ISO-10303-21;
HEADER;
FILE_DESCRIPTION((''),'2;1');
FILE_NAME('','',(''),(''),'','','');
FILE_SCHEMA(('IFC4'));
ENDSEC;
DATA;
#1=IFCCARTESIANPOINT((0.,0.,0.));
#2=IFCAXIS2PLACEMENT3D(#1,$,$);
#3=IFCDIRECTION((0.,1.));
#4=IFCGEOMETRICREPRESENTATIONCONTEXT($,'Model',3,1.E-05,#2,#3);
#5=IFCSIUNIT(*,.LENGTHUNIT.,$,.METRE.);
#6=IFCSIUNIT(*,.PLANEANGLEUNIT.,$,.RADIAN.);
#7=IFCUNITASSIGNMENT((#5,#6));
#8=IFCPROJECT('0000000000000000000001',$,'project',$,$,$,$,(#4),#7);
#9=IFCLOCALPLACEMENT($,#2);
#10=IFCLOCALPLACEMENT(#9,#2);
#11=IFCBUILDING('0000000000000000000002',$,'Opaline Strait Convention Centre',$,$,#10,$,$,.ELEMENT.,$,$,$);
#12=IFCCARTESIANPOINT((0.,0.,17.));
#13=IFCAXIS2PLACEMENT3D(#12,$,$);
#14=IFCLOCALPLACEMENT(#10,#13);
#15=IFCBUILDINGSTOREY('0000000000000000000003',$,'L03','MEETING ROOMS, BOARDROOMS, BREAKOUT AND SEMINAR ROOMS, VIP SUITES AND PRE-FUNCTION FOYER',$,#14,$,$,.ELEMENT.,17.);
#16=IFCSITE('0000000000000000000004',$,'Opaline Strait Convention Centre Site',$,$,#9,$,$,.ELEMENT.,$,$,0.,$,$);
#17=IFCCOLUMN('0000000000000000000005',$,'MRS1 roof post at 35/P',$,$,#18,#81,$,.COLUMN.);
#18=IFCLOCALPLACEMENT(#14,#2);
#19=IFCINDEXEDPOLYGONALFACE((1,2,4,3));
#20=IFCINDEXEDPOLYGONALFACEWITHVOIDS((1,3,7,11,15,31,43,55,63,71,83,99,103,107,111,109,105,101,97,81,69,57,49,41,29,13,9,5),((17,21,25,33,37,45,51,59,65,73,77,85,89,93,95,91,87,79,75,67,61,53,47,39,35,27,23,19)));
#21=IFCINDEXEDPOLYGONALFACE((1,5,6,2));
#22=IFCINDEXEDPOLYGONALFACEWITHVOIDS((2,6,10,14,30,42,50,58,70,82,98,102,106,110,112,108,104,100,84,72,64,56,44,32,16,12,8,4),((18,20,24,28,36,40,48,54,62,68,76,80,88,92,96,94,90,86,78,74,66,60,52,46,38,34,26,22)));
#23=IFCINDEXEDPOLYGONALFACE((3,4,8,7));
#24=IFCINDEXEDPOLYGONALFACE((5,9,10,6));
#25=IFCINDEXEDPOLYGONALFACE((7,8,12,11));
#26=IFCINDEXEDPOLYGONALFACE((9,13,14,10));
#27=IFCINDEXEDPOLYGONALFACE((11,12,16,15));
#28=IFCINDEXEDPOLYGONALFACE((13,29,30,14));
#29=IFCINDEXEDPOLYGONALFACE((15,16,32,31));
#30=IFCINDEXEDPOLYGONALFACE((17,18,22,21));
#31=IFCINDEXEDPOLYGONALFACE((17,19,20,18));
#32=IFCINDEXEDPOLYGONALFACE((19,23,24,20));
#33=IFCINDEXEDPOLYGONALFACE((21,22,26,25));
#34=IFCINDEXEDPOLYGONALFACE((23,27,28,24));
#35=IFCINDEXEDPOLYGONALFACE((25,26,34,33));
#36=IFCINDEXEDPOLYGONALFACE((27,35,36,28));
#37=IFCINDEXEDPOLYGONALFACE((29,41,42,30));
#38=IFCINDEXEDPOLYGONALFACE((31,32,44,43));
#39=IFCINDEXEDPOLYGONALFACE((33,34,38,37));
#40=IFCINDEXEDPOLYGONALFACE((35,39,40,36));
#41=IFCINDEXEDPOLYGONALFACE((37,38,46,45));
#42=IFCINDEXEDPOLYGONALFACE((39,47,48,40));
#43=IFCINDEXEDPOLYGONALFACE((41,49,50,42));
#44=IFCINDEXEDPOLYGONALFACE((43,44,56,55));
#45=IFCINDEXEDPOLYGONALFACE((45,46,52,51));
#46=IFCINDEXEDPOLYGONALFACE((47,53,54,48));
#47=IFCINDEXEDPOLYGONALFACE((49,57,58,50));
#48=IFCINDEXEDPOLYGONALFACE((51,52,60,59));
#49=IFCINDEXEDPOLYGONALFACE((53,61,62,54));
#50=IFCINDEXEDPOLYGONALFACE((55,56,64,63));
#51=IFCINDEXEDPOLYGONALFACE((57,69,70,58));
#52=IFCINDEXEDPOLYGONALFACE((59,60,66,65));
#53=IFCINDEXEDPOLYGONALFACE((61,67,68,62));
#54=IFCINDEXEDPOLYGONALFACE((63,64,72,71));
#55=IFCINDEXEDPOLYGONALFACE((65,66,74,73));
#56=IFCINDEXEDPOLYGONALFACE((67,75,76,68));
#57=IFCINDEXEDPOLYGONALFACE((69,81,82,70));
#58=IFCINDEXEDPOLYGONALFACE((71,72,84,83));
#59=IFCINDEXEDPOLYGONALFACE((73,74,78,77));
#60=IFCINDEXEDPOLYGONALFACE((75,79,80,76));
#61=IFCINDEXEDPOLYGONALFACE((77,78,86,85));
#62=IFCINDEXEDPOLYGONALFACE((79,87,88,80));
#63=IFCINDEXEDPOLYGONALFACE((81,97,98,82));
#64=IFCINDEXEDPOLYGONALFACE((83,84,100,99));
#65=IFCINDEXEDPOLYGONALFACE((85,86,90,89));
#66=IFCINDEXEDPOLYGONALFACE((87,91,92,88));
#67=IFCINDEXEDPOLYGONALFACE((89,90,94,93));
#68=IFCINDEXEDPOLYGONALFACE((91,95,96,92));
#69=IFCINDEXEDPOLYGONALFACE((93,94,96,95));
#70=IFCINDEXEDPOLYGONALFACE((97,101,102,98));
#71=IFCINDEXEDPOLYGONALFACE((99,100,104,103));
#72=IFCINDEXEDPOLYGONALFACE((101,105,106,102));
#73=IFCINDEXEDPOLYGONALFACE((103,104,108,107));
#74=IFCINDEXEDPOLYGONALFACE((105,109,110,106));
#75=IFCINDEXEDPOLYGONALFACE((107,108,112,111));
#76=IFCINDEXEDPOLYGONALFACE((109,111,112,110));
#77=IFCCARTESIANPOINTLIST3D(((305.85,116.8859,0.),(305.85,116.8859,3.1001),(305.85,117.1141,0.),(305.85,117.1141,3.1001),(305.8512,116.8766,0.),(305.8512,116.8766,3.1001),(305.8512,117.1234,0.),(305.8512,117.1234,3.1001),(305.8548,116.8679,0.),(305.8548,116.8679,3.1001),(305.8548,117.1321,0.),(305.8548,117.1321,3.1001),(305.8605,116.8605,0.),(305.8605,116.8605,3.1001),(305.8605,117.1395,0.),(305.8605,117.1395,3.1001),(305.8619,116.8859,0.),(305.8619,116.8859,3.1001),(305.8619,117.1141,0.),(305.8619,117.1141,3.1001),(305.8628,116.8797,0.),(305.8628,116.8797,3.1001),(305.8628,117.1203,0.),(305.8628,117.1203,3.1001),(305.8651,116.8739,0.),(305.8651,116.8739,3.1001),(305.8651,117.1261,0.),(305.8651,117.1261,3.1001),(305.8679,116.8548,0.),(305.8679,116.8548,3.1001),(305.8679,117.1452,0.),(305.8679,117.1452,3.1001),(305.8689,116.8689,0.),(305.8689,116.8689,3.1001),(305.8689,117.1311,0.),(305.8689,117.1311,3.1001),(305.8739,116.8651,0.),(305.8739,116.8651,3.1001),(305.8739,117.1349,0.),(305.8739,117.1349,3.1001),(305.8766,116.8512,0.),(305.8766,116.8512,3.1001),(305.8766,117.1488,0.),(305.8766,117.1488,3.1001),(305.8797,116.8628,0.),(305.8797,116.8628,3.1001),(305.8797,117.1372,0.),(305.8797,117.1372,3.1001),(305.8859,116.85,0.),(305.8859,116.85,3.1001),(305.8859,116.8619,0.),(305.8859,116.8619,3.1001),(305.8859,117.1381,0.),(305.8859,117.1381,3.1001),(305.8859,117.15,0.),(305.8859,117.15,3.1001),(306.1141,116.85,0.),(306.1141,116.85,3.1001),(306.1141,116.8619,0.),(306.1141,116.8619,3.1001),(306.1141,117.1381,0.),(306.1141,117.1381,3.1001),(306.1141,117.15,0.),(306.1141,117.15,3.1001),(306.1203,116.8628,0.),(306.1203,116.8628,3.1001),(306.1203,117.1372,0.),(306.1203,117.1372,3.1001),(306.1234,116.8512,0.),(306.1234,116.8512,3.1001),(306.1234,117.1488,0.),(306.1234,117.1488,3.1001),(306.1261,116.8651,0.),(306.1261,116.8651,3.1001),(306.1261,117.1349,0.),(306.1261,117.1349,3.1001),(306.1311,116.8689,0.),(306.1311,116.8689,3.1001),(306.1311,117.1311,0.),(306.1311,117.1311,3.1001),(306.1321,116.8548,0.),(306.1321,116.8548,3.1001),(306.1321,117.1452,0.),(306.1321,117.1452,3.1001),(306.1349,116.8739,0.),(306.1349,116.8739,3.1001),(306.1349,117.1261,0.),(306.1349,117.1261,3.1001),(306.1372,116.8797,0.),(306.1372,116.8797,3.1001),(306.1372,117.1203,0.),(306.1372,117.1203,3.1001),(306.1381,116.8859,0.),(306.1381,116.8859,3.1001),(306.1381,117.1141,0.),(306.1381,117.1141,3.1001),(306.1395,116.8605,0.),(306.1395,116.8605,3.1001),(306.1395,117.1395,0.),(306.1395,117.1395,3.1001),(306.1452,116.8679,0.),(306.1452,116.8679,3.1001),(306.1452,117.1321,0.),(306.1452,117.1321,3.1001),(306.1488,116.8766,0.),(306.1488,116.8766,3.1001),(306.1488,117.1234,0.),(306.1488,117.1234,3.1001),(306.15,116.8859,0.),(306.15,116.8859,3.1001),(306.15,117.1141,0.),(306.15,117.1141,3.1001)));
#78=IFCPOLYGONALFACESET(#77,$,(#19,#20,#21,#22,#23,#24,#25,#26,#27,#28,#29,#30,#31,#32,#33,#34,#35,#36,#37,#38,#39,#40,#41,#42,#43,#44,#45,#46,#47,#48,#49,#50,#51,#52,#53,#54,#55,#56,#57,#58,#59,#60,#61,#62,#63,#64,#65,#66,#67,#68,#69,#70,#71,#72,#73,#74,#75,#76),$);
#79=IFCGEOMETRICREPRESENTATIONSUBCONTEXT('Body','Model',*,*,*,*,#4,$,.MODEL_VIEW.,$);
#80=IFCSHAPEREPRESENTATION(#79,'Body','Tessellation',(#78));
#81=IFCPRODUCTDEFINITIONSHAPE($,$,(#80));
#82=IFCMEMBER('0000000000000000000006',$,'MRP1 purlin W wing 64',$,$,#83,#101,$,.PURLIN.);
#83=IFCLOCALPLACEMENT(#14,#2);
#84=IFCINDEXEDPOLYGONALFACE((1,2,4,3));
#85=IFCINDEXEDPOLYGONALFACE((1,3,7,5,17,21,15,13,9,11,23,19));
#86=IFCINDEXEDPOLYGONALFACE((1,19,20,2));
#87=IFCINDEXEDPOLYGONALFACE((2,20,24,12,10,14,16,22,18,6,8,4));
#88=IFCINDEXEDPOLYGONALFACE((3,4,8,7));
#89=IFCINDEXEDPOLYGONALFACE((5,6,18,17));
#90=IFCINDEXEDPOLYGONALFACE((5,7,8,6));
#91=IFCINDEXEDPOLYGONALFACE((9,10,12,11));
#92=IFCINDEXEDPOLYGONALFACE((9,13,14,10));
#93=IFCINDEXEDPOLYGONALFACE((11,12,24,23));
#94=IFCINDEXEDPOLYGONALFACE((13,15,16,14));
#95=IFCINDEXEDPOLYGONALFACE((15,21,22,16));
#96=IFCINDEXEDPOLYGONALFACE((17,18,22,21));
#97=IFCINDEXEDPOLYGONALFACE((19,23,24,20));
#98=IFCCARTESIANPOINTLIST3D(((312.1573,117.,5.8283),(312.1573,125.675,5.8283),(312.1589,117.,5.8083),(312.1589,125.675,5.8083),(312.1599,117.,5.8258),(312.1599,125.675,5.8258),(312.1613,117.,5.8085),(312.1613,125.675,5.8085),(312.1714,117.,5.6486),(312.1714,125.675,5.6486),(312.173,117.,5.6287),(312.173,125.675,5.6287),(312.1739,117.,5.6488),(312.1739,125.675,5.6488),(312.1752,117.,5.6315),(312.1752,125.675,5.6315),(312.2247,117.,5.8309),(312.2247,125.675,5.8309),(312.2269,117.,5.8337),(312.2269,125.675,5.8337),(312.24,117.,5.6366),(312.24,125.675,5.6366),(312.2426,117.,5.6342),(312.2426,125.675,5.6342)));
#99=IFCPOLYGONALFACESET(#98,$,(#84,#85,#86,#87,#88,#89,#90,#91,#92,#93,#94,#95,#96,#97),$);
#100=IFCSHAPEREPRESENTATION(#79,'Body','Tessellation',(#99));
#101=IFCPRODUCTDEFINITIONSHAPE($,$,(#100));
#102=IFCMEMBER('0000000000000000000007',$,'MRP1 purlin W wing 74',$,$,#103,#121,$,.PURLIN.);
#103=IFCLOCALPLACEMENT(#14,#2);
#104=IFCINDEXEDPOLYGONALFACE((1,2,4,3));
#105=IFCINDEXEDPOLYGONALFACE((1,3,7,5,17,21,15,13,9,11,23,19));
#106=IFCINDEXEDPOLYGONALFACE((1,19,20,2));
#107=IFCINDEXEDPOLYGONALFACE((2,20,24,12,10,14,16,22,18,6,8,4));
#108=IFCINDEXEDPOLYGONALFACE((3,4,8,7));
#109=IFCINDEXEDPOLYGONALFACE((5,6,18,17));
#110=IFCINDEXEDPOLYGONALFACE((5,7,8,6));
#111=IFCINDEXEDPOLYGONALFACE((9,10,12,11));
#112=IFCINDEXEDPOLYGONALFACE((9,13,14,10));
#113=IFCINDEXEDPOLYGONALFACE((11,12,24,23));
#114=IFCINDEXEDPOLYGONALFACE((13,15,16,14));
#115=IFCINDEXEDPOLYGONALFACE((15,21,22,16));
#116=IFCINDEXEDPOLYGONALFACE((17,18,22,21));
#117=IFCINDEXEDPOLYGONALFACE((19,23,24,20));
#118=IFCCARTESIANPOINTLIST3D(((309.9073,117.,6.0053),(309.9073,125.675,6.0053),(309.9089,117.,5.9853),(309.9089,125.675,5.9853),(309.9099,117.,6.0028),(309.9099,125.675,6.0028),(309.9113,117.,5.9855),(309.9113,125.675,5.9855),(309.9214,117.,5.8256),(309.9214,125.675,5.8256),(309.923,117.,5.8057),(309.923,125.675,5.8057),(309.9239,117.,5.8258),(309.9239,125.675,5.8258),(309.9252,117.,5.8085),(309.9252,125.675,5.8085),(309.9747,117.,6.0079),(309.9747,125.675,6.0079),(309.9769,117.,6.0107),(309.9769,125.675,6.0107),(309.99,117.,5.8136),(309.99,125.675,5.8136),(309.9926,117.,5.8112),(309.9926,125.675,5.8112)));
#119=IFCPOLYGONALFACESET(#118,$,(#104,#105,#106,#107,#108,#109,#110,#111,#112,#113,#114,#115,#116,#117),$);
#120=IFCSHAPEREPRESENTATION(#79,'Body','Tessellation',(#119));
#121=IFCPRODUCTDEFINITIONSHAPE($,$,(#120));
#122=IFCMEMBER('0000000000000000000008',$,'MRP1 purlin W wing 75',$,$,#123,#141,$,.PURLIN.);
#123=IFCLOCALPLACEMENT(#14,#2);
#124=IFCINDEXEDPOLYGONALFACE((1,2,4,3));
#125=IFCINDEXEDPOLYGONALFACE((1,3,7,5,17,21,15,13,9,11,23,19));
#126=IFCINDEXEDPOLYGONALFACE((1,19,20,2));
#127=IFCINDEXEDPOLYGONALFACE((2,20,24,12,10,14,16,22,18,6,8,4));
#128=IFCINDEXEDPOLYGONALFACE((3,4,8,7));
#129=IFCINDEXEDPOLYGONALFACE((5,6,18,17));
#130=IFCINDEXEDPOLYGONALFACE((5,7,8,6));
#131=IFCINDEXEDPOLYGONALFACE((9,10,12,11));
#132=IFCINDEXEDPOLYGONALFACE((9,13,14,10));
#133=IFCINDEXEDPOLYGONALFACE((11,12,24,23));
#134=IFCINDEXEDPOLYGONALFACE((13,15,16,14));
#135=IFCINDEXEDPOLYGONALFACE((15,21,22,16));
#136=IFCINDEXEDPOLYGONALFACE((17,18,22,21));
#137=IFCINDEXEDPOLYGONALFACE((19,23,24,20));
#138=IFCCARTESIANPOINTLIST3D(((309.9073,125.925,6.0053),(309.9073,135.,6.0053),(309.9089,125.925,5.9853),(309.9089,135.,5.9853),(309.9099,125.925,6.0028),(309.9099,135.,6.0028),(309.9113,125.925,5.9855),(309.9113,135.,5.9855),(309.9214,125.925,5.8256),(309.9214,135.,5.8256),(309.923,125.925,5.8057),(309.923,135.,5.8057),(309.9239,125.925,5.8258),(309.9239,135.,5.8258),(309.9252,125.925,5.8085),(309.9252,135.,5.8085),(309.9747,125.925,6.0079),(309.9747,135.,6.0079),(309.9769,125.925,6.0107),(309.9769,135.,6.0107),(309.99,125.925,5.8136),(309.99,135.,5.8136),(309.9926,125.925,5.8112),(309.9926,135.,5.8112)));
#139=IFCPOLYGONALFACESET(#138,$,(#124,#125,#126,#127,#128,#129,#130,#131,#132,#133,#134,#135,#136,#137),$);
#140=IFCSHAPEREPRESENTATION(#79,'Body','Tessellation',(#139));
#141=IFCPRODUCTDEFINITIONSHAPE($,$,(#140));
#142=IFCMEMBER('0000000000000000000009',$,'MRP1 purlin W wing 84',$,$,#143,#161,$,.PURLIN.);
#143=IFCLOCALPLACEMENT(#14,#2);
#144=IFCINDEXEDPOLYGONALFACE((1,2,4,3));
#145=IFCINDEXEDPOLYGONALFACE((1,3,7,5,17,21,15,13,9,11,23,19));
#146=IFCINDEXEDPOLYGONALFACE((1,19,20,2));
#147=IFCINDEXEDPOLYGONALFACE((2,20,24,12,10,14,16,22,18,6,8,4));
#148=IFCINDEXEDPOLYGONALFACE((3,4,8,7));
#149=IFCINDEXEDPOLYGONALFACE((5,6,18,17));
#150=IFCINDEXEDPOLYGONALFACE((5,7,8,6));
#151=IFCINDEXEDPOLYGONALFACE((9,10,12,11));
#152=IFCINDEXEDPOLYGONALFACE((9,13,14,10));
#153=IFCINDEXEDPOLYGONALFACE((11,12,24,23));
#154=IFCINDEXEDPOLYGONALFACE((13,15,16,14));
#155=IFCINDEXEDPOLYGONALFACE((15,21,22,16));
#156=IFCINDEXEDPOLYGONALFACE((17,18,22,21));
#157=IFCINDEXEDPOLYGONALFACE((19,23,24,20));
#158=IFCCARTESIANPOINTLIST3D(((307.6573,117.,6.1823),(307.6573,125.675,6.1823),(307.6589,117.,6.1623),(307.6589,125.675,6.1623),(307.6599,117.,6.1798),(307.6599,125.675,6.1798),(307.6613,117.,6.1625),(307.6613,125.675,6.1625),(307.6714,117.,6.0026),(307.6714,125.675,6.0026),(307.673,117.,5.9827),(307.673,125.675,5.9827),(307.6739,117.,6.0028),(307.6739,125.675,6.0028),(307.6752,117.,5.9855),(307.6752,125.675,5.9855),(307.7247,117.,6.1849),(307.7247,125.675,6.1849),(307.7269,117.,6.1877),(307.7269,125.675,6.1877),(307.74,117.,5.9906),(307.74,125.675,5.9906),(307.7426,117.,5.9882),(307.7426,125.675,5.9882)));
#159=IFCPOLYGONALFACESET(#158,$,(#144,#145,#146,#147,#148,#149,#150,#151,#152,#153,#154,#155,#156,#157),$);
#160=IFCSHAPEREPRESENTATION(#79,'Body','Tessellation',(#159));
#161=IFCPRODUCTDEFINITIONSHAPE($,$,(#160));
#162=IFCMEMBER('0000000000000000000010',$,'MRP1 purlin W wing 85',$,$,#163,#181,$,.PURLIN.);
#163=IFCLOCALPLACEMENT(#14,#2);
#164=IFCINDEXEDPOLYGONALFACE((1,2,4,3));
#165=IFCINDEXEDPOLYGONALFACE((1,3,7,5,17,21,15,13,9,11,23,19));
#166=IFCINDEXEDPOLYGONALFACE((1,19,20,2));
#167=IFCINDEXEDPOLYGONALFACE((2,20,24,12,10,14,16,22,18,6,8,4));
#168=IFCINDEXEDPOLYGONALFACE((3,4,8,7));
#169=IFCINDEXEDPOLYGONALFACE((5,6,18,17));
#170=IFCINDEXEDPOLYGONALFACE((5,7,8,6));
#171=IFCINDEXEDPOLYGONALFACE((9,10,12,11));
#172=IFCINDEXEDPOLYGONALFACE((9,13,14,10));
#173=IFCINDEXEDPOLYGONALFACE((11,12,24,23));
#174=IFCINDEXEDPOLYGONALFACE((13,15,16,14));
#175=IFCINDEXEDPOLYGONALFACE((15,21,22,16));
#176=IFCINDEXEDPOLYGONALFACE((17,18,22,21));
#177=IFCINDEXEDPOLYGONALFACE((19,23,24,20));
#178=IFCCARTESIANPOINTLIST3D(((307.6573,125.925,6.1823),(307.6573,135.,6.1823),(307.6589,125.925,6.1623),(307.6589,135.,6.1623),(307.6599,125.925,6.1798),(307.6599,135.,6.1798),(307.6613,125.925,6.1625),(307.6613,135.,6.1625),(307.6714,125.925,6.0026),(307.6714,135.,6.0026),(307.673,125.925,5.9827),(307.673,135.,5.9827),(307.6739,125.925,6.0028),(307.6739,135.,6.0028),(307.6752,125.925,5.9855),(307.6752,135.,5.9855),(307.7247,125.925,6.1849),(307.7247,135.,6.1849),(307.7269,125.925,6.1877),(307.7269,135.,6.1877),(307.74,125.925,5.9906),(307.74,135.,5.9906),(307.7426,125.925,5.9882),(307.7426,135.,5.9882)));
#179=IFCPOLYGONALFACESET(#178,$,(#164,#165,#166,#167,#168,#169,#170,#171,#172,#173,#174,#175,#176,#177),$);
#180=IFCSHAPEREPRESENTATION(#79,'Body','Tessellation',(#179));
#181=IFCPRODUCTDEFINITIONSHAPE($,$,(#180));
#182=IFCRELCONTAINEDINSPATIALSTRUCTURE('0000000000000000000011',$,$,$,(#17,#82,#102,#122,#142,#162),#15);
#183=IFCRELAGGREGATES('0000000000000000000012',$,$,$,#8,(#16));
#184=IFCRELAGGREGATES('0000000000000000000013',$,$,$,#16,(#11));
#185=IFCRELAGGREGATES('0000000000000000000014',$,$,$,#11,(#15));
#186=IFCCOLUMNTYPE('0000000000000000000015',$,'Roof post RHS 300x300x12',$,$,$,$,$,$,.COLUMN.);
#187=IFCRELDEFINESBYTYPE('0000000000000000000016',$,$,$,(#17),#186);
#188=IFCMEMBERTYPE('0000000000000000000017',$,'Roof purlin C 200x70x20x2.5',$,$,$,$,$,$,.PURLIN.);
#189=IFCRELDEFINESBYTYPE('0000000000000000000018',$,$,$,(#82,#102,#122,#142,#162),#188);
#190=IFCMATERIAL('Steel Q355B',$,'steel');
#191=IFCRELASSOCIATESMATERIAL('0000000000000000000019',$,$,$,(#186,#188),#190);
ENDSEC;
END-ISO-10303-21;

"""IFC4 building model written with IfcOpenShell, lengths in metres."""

from ifc_helpers import new_model, si_unit, direction, frame, origin, origin_2d, place, context, subcontext, project, spatial, polyline, hollow_rectangle, outline, extrude, material, material_profile, profile_set, type_object, element, save


model = new_model("IFC4")

# Units and contexts
model_context = context("Model", 3, precision=1e-05, world=origin(), true_north=direction((0.0, 1.0)))
body_context = subcontext(model_context, "Body", "Model", "MODEL_VIEW")
ifc_project = project(units=[si_unit("LENGTHUNIT", "METRE"), si_unit("PLANEANGLEUNIT", "RADIAN")], contexts=[model_context])

# Site, building, storey
site_placement = place(None, origin())
site = spatial("IfcSite", under=ifc_project, at=site_placement, Name="Opaline Strait Convention Centre Site", CompositionType="ELEMENT", RefElevation=0.0)
building_placement = place(site_placement, origin())
building = spatial("IfcBuilding", under=site, at=building_placement, Name="Opaline Strait Convention Centre", CompositionType="ELEMENT")
storey_placement = place(building_placement, frame((0.0, 0.0, 17.0)))
storey = spatial("IfcBuildingStorey", under=building, at=storey_placement, Name="L03", Description="MEETING ROOMS, BOARDROOMS, BREAKOUT AND SEMINAR ROOMS, VIP SUITES AND PRE-FUNCTION FOYER", CompositionType="ELEMENT", Elevation=17.0)

# Column
ifc_material_1 = material(Name="Steel Q355B", Category="steel")
ifc_material_profile_1 = material_profile(ifc_material_1, hollow_rectangle(XDim=0.3, YDim=0.3, WallThickness=0.012, InnerFilletRadius=0.0239, OuterFilletRadius=0.0359, at=origin_2d()), Name="RHS 300x300x12")
ifc_profile_set_1 = profile_set([ifc_material_profile_1], Name="Steel Q355B")
column_type = type_object("IfcColumnType", Name="Roof post RHS 300x300x12", PredefinedType="COLUMN", material=ifc_profile_set_1)
column_placement = place(storey_placement, frame((306.0, 117.0, 0.0), z_axis=(0.0, 0.0, 1.0), x_axis=(1.0, 0.0, 0.0)))
element("IfcColumn", 1, at=column_placement, inside=storey, type_object=column_type, Name="MRS1 roof post at 35/P", PredefinedType="COLUMN", context=body_context, shape_type="SweptSolid", body=[
    extrude(hollow_rectangle(XDim=0.3, YDim=0.3, WallThickness=0.012, InnerFilletRadius=0.0239, OuterFilletRadius=0.0359, at=origin_2d()), origin(), (0.0, 0.0, 1.0), 3.1001),
])

# Members
ifc_material_profile_2 = material_profile(ifc_material_1, outline(polyline([(-0.0349, -0.1001), (0.0349, -0.1001), (0.0349, -0.0801), (0.0325, -0.0801), (0.0325, -0.0974), (-0.0325, -0.0974), (-0.0325, 0.0974), (0.0325, 0.0974), (0.0325, 0.0801), (0.0349, 0.0801), (0.0349, 0.1001), (-0.0349, 0.1001), (-0.0349, -0.1001)])), Name="C 200x70x20x2.5")
ifc_profile_set_2 = profile_set([ifc_material_profile_2], Name="Steel Q355B")
member_type_1 = type_object("IfcMemberType", Name="Roof purlin C 200x70x20x2.5", PredefinedType="PURLIN", material=ifc_profile_set_2)
for number, where, z_axis, x_axis, name in (
    (2, (312.2, 117.0, 5.7312), (0.0, 1.0, 0.0), (-0.996917, 0.0, -0.078459), "MRP1 purlin W wing 64"),
    (3, (309.95, 117.0, 5.9082), (0.0, 1.0, 0.0), (-0.996917, 0.0, -0.078459), "MRP1 purlin W wing 74"),
):
    element("IfcMember", number, at=place(storey_placement, frame(where, z_axis=z_axis, x_axis=x_axis)), inside=storey, type_object=member_type_1, Name=name, PredefinedType="PURLIN", context=body_context, shape_type="SweptSolid", body=[
        extrude(outline(polyline([(-0.0349, -0.1001), (0.0349, -0.1001), (0.0349, -0.0801), (0.0325, -0.0801), (0.0325, -0.0974), (-0.0325, -0.0974), (-0.0325, 0.0974), (0.0325, 0.0974), (0.0325, 0.0801), (0.0349, 0.0801), (0.0349, 0.1001), (-0.0349, 0.1001), (-0.0349, -0.1001)])), origin(), (0.0, 0.0, 1.0), 8.675),
    ])
member_1_placement = place(storey_placement, frame((309.95, 125.925, 5.9082), z_axis=(0.0, 1.0, 0.0), x_axis=(-0.996917, 0.0, -0.078459)))
element("IfcMember", 4, at=member_1_placement, inside=storey, type_object=member_type_1, Name="MRP1 purlin W wing 75", PredefinedType="PURLIN", context=body_context, shape_type="SweptSolid", body=[
    extrude(outline(polyline([(-0.0349, -0.1001), (0.0349, -0.1001), (0.0349, -0.0801), (0.0325, -0.0801), (0.0325, -0.0974), (-0.0325, -0.0974), (-0.0325, 0.0974), (0.0325, 0.0974), (0.0325, 0.0801), (0.0349, 0.0801), (0.0349, 0.1001), (-0.0349, 0.1001), (-0.0349, -0.1001)])), origin(), (0.0, 0.0, 1.0), 9.075),
])
member_2_placement = place(storey_placement, frame((307.7, 117.0, 6.0852), z_axis=(0.0, 1.0, 0.0), x_axis=(-0.996917, 0.0, -0.078459)))
element("IfcMember", 5, at=member_2_placement, inside=storey, type_object=member_type_1, Name="MRP1 purlin W wing 84", PredefinedType="PURLIN", context=body_context, shape_type="SweptSolid", body=[
    extrude(outline(polyline([(-0.0349, -0.1001), (0.0349, -0.1001), (0.0349, -0.0801), (0.0325, -0.0801), (0.0325, -0.0974), (-0.0325, -0.0974), (-0.0325, 0.0974), (0.0325, 0.0974), (0.0325, 0.0801), (0.0349, 0.0801), (0.0349, 0.1001), (-0.0349, 0.1001), (-0.0349, -0.1001)])), origin(), (0.0, 0.0, 1.0), 8.675),
])
member_3_placement = place(storey_placement, frame((307.7, 125.925, 6.0852), z_axis=(0.0, 1.0, 0.0), x_axis=(-0.996917, 0.0, -0.078459)))
element("IfcMember", 6, at=member_3_placement, inside=storey, type_object=member_type_1, Name="MRP1 purlin W wing 85", PredefinedType="PURLIN", context=body_context, shape_type="SweptSolid", body=[
    extrude(outline(polyline([(-0.0349, -0.1001), (0.0349, -0.1001), (0.0349, -0.0801), (0.0325, -0.0801), (0.0325, -0.0974), (-0.0325, -0.0974), (-0.0325, 0.0974), (0.0325, 0.0974), (0.0325, 0.0801), (0.0349, 0.0801), (0.0349, 0.1001), (-0.0349, 0.1001), (-0.0349, -0.1001)])), origin(), (0.0, 0.0, 1.0), 9.075),
])

save(model, "model.ifc")
